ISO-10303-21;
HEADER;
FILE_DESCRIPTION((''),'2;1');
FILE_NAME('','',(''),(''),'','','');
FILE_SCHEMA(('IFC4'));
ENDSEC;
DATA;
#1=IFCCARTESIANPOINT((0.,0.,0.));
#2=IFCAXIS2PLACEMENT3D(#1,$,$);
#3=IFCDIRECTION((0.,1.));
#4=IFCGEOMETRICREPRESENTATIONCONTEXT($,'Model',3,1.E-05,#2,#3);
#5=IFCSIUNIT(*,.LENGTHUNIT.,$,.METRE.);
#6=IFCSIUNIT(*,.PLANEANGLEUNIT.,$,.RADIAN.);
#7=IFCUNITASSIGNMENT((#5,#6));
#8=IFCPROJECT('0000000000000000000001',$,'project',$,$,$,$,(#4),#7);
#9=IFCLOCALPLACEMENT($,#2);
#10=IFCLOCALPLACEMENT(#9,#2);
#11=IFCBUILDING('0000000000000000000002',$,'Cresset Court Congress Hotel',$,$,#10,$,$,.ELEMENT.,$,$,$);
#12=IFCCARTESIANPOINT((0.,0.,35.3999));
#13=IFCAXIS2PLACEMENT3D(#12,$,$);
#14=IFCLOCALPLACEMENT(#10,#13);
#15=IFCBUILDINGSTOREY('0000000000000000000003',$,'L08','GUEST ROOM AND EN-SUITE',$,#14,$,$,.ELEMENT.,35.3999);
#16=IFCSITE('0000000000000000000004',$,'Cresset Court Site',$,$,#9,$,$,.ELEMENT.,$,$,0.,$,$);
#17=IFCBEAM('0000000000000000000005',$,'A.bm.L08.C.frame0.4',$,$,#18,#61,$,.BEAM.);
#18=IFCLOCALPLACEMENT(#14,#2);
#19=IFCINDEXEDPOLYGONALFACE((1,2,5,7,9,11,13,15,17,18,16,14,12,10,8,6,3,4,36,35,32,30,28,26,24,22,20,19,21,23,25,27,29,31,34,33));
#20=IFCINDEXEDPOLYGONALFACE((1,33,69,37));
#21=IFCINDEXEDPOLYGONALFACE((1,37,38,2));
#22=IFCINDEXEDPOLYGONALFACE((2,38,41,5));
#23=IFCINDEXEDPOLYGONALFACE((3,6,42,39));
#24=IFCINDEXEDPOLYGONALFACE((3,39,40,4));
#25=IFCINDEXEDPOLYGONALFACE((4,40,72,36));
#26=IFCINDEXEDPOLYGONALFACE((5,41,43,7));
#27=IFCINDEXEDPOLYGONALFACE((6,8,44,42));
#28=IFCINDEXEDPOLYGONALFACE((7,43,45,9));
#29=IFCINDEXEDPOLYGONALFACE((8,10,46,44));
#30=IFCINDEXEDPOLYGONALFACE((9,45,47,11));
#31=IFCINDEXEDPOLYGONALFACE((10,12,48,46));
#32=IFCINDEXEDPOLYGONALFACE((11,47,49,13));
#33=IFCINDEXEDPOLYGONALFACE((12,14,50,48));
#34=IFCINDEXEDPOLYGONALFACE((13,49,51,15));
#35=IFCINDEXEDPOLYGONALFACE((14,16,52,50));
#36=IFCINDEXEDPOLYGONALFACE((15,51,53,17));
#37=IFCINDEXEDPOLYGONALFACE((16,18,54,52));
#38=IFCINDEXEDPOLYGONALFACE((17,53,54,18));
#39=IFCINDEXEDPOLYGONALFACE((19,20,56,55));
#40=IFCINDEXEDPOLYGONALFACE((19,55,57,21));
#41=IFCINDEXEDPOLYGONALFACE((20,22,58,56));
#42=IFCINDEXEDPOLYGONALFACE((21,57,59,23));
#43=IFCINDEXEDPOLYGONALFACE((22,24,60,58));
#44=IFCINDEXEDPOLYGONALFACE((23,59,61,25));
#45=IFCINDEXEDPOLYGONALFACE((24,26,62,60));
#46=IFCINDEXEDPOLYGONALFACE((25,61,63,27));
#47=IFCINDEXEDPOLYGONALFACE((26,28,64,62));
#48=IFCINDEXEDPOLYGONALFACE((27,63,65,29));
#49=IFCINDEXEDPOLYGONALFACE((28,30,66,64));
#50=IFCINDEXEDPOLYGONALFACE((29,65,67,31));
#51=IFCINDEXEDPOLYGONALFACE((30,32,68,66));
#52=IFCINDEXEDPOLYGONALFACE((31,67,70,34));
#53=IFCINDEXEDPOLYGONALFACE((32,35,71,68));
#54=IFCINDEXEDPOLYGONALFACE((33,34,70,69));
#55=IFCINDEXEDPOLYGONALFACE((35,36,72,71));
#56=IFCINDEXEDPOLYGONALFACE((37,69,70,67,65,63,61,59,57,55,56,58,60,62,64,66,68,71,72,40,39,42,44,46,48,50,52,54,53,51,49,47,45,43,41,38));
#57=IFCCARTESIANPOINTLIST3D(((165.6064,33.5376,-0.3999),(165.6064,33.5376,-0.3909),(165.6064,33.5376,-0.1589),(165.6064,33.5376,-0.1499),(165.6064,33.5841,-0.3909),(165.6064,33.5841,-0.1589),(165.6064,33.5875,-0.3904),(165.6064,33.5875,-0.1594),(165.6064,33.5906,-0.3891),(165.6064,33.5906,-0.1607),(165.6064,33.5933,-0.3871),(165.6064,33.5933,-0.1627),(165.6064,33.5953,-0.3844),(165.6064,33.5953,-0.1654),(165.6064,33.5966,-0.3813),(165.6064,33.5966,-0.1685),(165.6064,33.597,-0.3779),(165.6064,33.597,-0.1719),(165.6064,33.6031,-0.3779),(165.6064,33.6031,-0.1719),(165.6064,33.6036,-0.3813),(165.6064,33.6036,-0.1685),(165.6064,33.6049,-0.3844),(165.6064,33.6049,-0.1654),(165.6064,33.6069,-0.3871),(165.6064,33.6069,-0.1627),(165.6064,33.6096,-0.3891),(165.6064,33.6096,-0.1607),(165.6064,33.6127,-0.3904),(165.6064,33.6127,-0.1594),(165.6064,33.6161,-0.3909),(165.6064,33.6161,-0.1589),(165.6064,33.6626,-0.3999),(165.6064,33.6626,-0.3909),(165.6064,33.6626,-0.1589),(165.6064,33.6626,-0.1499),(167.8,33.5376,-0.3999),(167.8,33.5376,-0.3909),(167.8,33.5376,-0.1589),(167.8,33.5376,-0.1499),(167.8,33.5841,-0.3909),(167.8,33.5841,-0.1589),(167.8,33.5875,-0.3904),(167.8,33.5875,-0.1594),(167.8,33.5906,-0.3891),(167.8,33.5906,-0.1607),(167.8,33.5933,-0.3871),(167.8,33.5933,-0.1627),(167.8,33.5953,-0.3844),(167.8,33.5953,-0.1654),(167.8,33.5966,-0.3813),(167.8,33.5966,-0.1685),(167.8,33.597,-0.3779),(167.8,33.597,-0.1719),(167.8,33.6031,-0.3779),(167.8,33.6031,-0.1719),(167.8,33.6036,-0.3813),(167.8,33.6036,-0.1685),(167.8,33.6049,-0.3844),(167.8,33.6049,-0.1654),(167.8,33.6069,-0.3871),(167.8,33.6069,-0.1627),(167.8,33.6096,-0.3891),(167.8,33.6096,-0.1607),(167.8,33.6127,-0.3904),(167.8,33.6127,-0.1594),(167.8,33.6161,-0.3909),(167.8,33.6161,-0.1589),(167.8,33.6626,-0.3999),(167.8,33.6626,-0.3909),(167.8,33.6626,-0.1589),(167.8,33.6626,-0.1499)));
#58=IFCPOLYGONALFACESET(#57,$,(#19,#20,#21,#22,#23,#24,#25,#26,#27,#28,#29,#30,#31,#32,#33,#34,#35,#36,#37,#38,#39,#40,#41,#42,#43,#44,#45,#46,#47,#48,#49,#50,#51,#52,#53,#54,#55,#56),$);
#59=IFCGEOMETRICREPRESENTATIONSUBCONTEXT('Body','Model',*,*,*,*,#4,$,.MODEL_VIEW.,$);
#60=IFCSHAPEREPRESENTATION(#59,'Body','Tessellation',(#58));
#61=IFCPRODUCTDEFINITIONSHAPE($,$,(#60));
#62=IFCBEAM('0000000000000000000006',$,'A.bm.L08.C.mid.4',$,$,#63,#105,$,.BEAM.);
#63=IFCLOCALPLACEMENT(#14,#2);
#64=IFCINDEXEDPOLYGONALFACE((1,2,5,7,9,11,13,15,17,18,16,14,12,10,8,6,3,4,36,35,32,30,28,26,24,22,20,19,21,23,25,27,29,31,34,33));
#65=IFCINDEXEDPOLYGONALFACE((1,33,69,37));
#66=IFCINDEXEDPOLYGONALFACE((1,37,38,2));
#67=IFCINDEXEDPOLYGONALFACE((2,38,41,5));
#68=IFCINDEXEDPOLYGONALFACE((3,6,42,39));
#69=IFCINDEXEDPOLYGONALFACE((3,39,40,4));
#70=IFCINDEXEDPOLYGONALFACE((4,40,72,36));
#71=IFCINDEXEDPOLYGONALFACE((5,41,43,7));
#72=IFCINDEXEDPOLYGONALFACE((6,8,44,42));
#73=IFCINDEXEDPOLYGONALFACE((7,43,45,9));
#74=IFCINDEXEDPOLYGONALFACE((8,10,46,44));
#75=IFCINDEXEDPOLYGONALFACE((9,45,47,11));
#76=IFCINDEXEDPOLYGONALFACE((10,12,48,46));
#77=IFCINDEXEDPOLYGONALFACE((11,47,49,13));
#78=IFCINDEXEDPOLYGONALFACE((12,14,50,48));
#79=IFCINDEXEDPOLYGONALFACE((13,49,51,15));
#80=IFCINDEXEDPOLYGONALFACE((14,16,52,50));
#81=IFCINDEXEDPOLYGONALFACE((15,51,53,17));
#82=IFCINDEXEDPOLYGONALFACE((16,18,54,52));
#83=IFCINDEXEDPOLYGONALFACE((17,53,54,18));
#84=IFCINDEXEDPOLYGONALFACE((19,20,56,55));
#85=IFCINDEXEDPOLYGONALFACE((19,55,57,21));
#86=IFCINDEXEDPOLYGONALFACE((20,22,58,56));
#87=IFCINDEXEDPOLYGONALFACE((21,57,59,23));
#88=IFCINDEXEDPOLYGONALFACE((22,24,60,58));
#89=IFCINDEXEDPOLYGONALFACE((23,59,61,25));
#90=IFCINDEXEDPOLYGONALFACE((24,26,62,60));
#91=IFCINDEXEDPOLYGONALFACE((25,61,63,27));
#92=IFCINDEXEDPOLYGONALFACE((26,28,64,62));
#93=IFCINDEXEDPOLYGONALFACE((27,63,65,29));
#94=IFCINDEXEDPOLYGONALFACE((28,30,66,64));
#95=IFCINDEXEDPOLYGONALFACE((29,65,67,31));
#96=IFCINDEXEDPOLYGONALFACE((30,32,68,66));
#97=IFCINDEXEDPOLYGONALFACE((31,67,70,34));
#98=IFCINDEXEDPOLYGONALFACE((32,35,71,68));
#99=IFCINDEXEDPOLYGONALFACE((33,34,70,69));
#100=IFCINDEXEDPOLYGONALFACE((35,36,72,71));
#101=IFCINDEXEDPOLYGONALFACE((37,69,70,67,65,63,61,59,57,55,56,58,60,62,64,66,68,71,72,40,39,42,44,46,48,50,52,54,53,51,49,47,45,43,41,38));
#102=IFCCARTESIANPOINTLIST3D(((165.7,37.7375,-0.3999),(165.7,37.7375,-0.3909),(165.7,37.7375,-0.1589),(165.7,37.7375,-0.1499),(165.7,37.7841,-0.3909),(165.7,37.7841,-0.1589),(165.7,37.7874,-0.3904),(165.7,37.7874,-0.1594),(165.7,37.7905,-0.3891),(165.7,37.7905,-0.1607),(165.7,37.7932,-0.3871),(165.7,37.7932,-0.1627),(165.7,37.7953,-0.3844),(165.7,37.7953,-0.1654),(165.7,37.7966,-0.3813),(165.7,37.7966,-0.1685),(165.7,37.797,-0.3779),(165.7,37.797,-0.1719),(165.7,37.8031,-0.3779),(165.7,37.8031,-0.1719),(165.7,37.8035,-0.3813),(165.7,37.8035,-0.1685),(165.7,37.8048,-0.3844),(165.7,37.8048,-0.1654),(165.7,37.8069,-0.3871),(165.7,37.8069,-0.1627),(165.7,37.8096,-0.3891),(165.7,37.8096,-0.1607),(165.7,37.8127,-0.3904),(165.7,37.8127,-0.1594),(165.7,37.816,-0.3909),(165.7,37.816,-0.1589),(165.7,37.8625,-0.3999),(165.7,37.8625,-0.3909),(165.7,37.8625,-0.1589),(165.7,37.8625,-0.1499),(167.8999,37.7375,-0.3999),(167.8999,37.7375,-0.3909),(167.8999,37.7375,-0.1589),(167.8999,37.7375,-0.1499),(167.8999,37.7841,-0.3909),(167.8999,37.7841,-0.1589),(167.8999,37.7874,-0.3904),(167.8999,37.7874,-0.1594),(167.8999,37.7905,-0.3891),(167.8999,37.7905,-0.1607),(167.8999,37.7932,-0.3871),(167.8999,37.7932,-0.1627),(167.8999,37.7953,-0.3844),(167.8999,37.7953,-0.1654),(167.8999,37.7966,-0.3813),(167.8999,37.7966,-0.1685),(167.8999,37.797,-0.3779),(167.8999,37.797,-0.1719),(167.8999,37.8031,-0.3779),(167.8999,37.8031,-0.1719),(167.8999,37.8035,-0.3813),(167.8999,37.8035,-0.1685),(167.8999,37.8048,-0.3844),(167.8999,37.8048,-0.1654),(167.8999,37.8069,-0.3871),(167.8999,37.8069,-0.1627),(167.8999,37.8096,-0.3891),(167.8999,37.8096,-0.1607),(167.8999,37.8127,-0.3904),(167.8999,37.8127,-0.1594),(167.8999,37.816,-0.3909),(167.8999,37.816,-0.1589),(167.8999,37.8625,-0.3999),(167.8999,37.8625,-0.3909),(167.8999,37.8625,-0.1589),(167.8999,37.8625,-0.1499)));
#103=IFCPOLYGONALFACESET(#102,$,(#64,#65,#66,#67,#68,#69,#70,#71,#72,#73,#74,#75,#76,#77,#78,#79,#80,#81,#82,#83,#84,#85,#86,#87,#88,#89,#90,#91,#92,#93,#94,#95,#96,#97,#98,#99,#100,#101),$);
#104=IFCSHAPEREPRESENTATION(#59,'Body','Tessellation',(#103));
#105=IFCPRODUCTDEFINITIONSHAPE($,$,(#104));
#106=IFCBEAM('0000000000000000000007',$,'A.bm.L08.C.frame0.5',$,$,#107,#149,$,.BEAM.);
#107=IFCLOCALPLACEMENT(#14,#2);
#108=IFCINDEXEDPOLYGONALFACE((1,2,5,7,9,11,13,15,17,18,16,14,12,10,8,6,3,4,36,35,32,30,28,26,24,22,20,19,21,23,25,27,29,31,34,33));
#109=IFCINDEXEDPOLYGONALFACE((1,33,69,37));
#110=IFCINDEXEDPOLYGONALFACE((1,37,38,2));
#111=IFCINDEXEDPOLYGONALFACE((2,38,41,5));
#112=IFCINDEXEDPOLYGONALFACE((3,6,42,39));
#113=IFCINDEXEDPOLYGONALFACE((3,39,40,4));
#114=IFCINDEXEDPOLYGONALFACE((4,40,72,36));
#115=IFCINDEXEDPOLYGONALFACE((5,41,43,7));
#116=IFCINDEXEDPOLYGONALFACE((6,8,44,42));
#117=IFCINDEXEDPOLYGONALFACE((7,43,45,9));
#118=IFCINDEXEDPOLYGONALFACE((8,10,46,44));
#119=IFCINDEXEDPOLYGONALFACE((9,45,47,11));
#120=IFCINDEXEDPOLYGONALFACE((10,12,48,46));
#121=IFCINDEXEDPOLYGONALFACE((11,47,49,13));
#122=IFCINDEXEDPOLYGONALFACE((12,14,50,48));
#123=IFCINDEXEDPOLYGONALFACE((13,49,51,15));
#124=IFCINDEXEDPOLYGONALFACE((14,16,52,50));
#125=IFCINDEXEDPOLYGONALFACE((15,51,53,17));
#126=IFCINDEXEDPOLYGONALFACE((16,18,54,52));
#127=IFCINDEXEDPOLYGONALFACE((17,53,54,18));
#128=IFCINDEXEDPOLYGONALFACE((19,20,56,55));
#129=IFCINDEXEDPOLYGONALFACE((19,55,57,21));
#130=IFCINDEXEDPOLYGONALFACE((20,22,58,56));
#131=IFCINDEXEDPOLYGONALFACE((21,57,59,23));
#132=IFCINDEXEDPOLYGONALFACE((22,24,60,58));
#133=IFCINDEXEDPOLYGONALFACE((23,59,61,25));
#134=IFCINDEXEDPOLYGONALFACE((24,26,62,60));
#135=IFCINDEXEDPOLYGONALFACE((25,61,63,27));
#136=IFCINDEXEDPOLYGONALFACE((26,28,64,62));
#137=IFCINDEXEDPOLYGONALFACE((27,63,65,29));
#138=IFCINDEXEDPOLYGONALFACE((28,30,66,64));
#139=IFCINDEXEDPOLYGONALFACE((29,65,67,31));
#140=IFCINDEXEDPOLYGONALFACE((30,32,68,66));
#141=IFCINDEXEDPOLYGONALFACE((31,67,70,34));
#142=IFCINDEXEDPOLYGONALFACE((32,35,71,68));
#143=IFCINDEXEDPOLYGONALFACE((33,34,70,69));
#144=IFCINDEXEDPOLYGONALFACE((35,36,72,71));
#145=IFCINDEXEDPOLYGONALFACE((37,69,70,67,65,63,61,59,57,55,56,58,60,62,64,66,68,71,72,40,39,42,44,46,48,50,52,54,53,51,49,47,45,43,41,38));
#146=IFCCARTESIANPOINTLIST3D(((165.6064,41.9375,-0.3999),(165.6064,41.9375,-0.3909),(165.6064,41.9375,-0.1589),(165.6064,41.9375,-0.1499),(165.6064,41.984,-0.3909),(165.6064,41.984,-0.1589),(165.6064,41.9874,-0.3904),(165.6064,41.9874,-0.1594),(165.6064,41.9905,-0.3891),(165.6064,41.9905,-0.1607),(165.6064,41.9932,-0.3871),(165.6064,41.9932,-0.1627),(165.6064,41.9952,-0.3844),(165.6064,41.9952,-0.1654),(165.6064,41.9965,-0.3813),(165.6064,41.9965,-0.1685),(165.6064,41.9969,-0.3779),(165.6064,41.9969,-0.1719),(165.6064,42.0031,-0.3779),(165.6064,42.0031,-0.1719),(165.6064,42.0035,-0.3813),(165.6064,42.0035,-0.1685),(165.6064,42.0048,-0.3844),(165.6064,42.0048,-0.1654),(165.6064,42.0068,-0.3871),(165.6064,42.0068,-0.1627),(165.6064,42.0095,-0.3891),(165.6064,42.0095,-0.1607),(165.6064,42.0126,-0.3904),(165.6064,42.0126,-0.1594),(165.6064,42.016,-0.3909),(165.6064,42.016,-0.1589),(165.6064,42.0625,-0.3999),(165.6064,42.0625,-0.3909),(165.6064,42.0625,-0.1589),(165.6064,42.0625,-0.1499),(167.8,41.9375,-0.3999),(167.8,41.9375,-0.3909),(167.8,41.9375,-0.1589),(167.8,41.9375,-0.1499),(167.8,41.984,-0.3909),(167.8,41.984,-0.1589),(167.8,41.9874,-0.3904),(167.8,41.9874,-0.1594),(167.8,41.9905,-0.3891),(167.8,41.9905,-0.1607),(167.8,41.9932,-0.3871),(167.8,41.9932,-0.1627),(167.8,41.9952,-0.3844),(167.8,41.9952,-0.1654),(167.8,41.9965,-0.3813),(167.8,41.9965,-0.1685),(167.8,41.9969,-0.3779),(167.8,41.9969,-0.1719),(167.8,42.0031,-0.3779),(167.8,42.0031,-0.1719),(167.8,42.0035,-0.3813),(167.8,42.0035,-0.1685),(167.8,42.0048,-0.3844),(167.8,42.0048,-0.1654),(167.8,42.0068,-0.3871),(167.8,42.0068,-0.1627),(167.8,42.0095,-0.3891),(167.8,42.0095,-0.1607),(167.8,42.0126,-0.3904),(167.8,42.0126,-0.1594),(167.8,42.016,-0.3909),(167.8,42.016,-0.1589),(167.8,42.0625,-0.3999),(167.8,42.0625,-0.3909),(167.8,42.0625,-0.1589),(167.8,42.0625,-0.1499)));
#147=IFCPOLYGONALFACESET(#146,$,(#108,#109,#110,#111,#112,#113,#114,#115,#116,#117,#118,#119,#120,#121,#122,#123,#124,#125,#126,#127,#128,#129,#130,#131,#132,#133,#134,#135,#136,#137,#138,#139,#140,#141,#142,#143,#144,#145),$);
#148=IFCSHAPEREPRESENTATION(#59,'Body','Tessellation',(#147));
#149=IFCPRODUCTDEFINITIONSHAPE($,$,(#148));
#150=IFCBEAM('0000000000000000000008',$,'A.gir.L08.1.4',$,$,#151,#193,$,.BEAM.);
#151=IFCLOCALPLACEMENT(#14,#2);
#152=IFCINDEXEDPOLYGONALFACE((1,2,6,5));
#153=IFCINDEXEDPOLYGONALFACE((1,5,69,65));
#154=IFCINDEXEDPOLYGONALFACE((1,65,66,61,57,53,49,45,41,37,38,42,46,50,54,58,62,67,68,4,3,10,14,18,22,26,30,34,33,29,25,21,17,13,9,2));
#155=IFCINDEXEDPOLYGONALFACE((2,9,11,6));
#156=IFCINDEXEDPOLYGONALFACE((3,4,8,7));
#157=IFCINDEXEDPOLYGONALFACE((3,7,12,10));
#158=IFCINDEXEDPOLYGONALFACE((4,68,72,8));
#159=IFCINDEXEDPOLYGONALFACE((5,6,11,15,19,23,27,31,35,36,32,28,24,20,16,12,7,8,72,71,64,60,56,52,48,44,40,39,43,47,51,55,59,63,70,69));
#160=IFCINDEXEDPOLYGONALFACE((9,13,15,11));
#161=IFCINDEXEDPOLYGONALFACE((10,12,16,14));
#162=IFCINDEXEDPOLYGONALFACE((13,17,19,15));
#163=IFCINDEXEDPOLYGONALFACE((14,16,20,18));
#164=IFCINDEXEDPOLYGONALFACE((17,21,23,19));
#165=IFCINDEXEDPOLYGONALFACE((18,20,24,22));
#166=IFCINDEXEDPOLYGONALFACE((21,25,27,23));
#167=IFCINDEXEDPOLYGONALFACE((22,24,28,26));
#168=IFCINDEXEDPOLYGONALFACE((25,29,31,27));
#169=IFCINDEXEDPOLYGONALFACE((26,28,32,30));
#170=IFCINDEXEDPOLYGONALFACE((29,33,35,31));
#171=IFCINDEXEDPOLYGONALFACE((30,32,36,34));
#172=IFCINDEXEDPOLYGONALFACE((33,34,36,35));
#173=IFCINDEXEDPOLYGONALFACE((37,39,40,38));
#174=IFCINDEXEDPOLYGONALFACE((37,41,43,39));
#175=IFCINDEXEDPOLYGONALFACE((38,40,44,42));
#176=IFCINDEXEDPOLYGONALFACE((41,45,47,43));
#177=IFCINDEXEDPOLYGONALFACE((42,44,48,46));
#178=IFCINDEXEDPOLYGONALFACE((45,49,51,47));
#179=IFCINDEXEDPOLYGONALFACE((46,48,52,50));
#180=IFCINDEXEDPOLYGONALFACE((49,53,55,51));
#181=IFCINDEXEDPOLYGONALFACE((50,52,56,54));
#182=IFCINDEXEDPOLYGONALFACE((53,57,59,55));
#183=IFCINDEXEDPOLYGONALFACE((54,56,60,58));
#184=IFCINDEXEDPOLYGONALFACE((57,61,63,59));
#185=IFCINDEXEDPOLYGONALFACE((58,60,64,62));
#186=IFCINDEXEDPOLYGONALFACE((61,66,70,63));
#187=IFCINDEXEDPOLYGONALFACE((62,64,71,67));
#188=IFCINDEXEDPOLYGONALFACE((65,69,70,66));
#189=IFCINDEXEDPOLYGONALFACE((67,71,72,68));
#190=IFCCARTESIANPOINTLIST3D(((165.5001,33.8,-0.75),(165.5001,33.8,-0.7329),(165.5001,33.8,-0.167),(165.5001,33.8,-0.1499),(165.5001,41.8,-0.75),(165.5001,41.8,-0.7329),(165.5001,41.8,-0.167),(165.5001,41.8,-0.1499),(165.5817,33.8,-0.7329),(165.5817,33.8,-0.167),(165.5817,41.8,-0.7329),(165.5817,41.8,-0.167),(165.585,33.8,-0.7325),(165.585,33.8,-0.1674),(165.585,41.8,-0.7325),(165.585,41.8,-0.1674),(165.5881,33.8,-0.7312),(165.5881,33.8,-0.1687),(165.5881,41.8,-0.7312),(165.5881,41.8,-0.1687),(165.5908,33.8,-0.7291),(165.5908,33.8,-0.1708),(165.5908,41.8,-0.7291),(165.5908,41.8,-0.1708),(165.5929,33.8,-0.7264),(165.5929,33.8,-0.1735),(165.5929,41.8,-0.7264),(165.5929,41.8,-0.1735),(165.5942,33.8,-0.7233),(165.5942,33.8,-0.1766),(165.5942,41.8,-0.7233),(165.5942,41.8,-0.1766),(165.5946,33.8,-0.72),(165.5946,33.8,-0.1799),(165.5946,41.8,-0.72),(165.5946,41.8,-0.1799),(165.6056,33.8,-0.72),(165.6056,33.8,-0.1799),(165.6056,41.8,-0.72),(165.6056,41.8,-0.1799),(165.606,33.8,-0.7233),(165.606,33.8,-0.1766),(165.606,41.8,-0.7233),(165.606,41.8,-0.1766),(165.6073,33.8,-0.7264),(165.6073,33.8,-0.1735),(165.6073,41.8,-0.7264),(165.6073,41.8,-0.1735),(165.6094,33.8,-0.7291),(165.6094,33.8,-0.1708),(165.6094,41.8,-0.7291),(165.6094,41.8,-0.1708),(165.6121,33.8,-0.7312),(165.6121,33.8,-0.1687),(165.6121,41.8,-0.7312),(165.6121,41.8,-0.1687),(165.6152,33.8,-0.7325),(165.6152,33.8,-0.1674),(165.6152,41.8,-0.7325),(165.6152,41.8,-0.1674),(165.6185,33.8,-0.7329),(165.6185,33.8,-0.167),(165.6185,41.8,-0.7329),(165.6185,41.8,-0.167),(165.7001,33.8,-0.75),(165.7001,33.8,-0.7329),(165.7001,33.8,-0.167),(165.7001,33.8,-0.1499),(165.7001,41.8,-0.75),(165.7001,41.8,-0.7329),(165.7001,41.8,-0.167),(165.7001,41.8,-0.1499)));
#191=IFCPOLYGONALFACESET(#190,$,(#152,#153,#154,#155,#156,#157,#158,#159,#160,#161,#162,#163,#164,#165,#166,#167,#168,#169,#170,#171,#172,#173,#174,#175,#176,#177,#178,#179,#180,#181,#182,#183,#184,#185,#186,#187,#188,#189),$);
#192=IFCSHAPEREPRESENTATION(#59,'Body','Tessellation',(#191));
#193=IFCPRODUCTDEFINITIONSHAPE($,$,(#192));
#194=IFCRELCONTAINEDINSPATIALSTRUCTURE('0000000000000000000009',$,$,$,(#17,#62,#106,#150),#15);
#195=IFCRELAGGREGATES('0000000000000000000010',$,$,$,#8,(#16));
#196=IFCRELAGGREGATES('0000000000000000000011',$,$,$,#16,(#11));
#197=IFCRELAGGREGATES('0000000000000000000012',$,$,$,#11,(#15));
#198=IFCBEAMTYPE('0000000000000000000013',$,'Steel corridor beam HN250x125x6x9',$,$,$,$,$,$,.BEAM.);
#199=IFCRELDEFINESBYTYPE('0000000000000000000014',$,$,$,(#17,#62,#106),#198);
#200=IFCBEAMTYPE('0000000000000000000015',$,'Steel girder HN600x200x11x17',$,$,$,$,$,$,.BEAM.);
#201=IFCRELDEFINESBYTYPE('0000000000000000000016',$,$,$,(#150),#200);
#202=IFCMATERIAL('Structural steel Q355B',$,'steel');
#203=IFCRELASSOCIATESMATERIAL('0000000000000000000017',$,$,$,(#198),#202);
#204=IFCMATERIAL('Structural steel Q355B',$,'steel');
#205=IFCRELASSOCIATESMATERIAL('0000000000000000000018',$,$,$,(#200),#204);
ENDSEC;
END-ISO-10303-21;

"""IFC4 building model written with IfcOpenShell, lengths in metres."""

from ifc_helpers import new_model, si_unit, direction, frame, origin, origin_2d, place, context, subcontext, project, spatial, i_section, extrude, material, material_profile, profile_set, type_object, element, save


model = new_model("IFC4")

# Units and contexts
model_context = context("Model", 3, precision=1e-05, world=origin(), true_north=direction((0.0, 1.0)))
body_context = subcontext(model_context, "Body", "Model", "MODEL_VIEW")
ifc_project = project(units=[si_unit("LENGTHUNIT", "METRE"), si_unit("PLANEANGLEUNIT", "RADIAN")], contexts=[model_context])

# Site, building, storey
site_placement = place(None, origin())
site = spatial("IfcSite", under=ifc_project, at=site_placement, Name="Cresset Court Site", CompositionType="ELEMENT", RefElevation=0.0)
building_placement = place(site_placement, origin())
building = spatial("IfcBuilding", under=site, at=building_placement, Name="Cresset Court Congress Hotel", CompositionType="ELEMENT")
storey_placement = place(building_placement, frame((0.0, 0.0, 35.3999)))
storey = spatial("IfcBuildingStorey", under=building, at=storey_placement, Name="L08", Description="GUEST ROOM AND EN-SUITE", CompositionType="ELEMENT", Elevation=35.3999)

# Beams
ifc_material_1 = material(Name="Structural steel Q355B", Category="steel")
ifc_material_profile_1 = material_profile(ifc_material_1, i_section(OverallWidth=0.125, OverallDepth=0.25, WebThickness=0.0061, FlangeThickness=0.009, FilletRadius=0.0129, at=origin_2d()), Name="HN250x125x6x9")
ifc_profile_set_1 = profile_set([ifc_material_profile_1], Name="Structural steel Q355B")
beam_type_1 = type_object("IfcBeamType", Name="Steel corridor beam HN250x125x6x9", PredefinedType="BEAM", material=ifc_profile_set_1)
beam_1_placement = place(storey_placement, frame((165.6064, 33.6001, -0.2749), z_axis=(1.0, 0.0, 0.0), x_axis=(0.0, 1.0, 0.0)))
element("IfcBeam", 1, at=beam_1_placement, inside=storey, type_object=beam_type_1, Name="A.bm.L08.C.frame0.4", PredefinedType="BEAM", context=body_context, shape_type="SweptSolid", body=[
    extrude(i_section(OverallWidth=0.125, OverallDepth=0.25, WebThickness=0.0061, FlangeThickness=0.009, FilletRadius=0.0129, at=origin_2d()), origin(), (0.0, 0.0, 1.0), 2.1936),
])
beam_2_placement = place(storey_placement, frame((165.7, 37.8, -0.2749), z_axis=(1.0, 0.0, 0.0), x_axis=(0.0, 1.0, 0.0)))
element("IfcBeam", 2, at=beam_2_placement, inside=storey, type_object=beam_type_1, Name="A.bm.L08.C.mid.4", PredefinedType="BEAM", context=body_context, shape_type="SweptSolid", body=[
    extrude(i_section(OverallWidth=0.125, OverallDepth=0.25, WebThickness=0.0061, FlangeThickness=0.009, FilletRadius=0.0129, at=origin_2d()), origin(), (0.0, 0.0, 1.0), 2.2),
])
beam_3_placement = place(storey_placement, frame((165.6064, 42.0, -0.2749), z_axis=(1.0, 0.0, 0.0), x_axis=(0.0, 1.0, 0.0)))
element("IfcBeam", 3, at=beam_3_placement, inside=storey, type_object=beam_type_1, Name="A.bm.L08.C.frame0.5", PredefinedType="BEAM", context=body_context, shape_type="SweptSolid", body=[
    extrude(i_section(OverallWidth=0.125, OverallDepth=0.25, WebThickness=0.0061, FlangeThickness=0.009, FilletRadius=0.0129, at=origin_2d()), origin(), (0.0, 0.0, 1.0), 2.1936),
])
ifc_material_2 = material(Name="Structural steel Q355B", Category="steel")
ifc_material_profile_2 = material_profile(ifc_material_2, i_section(OverallWidth=0.2, OverallDepth=0.6001, WebThickness=0.011, FlangeThickness=0.0171, FilletRadius=0.0129, at=origin_2d()), Name="HN600x200x11x17")
ifc_profile_set_2 = profile_set([ifc_material_profile_2], Name="Structural steel Q355B")
beam_type_2 = type_object("IfcBeamType", Name="Steel girder HN600x200x11x17", PredefinedType="BEAM", material=ifc_profile_set_2)
for number, where, z_axis, x_axis, name in (
    (4, (165.6001, 33.8, -0.45), (0.0, 1.0, 0.0), (-1.0, 0.0, 0.0), "A.gir.L08.1.4"),
):
    element("IfcBeam", number, at=place(storey_placement, frame(where, z_axis=z_axis, x_axis=x_axis)), inside=storey, type_object=beam_type_2, Name=name, PredefinedType="BEAM", context=body_context, shape_type="SweptSolid", body=[
        extrude(i_section(OverallWidth=0.2, OverallDepth=0.6001, WebThickness=0.011, FlangeThickness=0.0171, FilletRadius=0.0129, at=origin_2d()), origin(), (0.0, 0.0, 1.0), 8.0),
    ])

save(model, "model.ifc")
